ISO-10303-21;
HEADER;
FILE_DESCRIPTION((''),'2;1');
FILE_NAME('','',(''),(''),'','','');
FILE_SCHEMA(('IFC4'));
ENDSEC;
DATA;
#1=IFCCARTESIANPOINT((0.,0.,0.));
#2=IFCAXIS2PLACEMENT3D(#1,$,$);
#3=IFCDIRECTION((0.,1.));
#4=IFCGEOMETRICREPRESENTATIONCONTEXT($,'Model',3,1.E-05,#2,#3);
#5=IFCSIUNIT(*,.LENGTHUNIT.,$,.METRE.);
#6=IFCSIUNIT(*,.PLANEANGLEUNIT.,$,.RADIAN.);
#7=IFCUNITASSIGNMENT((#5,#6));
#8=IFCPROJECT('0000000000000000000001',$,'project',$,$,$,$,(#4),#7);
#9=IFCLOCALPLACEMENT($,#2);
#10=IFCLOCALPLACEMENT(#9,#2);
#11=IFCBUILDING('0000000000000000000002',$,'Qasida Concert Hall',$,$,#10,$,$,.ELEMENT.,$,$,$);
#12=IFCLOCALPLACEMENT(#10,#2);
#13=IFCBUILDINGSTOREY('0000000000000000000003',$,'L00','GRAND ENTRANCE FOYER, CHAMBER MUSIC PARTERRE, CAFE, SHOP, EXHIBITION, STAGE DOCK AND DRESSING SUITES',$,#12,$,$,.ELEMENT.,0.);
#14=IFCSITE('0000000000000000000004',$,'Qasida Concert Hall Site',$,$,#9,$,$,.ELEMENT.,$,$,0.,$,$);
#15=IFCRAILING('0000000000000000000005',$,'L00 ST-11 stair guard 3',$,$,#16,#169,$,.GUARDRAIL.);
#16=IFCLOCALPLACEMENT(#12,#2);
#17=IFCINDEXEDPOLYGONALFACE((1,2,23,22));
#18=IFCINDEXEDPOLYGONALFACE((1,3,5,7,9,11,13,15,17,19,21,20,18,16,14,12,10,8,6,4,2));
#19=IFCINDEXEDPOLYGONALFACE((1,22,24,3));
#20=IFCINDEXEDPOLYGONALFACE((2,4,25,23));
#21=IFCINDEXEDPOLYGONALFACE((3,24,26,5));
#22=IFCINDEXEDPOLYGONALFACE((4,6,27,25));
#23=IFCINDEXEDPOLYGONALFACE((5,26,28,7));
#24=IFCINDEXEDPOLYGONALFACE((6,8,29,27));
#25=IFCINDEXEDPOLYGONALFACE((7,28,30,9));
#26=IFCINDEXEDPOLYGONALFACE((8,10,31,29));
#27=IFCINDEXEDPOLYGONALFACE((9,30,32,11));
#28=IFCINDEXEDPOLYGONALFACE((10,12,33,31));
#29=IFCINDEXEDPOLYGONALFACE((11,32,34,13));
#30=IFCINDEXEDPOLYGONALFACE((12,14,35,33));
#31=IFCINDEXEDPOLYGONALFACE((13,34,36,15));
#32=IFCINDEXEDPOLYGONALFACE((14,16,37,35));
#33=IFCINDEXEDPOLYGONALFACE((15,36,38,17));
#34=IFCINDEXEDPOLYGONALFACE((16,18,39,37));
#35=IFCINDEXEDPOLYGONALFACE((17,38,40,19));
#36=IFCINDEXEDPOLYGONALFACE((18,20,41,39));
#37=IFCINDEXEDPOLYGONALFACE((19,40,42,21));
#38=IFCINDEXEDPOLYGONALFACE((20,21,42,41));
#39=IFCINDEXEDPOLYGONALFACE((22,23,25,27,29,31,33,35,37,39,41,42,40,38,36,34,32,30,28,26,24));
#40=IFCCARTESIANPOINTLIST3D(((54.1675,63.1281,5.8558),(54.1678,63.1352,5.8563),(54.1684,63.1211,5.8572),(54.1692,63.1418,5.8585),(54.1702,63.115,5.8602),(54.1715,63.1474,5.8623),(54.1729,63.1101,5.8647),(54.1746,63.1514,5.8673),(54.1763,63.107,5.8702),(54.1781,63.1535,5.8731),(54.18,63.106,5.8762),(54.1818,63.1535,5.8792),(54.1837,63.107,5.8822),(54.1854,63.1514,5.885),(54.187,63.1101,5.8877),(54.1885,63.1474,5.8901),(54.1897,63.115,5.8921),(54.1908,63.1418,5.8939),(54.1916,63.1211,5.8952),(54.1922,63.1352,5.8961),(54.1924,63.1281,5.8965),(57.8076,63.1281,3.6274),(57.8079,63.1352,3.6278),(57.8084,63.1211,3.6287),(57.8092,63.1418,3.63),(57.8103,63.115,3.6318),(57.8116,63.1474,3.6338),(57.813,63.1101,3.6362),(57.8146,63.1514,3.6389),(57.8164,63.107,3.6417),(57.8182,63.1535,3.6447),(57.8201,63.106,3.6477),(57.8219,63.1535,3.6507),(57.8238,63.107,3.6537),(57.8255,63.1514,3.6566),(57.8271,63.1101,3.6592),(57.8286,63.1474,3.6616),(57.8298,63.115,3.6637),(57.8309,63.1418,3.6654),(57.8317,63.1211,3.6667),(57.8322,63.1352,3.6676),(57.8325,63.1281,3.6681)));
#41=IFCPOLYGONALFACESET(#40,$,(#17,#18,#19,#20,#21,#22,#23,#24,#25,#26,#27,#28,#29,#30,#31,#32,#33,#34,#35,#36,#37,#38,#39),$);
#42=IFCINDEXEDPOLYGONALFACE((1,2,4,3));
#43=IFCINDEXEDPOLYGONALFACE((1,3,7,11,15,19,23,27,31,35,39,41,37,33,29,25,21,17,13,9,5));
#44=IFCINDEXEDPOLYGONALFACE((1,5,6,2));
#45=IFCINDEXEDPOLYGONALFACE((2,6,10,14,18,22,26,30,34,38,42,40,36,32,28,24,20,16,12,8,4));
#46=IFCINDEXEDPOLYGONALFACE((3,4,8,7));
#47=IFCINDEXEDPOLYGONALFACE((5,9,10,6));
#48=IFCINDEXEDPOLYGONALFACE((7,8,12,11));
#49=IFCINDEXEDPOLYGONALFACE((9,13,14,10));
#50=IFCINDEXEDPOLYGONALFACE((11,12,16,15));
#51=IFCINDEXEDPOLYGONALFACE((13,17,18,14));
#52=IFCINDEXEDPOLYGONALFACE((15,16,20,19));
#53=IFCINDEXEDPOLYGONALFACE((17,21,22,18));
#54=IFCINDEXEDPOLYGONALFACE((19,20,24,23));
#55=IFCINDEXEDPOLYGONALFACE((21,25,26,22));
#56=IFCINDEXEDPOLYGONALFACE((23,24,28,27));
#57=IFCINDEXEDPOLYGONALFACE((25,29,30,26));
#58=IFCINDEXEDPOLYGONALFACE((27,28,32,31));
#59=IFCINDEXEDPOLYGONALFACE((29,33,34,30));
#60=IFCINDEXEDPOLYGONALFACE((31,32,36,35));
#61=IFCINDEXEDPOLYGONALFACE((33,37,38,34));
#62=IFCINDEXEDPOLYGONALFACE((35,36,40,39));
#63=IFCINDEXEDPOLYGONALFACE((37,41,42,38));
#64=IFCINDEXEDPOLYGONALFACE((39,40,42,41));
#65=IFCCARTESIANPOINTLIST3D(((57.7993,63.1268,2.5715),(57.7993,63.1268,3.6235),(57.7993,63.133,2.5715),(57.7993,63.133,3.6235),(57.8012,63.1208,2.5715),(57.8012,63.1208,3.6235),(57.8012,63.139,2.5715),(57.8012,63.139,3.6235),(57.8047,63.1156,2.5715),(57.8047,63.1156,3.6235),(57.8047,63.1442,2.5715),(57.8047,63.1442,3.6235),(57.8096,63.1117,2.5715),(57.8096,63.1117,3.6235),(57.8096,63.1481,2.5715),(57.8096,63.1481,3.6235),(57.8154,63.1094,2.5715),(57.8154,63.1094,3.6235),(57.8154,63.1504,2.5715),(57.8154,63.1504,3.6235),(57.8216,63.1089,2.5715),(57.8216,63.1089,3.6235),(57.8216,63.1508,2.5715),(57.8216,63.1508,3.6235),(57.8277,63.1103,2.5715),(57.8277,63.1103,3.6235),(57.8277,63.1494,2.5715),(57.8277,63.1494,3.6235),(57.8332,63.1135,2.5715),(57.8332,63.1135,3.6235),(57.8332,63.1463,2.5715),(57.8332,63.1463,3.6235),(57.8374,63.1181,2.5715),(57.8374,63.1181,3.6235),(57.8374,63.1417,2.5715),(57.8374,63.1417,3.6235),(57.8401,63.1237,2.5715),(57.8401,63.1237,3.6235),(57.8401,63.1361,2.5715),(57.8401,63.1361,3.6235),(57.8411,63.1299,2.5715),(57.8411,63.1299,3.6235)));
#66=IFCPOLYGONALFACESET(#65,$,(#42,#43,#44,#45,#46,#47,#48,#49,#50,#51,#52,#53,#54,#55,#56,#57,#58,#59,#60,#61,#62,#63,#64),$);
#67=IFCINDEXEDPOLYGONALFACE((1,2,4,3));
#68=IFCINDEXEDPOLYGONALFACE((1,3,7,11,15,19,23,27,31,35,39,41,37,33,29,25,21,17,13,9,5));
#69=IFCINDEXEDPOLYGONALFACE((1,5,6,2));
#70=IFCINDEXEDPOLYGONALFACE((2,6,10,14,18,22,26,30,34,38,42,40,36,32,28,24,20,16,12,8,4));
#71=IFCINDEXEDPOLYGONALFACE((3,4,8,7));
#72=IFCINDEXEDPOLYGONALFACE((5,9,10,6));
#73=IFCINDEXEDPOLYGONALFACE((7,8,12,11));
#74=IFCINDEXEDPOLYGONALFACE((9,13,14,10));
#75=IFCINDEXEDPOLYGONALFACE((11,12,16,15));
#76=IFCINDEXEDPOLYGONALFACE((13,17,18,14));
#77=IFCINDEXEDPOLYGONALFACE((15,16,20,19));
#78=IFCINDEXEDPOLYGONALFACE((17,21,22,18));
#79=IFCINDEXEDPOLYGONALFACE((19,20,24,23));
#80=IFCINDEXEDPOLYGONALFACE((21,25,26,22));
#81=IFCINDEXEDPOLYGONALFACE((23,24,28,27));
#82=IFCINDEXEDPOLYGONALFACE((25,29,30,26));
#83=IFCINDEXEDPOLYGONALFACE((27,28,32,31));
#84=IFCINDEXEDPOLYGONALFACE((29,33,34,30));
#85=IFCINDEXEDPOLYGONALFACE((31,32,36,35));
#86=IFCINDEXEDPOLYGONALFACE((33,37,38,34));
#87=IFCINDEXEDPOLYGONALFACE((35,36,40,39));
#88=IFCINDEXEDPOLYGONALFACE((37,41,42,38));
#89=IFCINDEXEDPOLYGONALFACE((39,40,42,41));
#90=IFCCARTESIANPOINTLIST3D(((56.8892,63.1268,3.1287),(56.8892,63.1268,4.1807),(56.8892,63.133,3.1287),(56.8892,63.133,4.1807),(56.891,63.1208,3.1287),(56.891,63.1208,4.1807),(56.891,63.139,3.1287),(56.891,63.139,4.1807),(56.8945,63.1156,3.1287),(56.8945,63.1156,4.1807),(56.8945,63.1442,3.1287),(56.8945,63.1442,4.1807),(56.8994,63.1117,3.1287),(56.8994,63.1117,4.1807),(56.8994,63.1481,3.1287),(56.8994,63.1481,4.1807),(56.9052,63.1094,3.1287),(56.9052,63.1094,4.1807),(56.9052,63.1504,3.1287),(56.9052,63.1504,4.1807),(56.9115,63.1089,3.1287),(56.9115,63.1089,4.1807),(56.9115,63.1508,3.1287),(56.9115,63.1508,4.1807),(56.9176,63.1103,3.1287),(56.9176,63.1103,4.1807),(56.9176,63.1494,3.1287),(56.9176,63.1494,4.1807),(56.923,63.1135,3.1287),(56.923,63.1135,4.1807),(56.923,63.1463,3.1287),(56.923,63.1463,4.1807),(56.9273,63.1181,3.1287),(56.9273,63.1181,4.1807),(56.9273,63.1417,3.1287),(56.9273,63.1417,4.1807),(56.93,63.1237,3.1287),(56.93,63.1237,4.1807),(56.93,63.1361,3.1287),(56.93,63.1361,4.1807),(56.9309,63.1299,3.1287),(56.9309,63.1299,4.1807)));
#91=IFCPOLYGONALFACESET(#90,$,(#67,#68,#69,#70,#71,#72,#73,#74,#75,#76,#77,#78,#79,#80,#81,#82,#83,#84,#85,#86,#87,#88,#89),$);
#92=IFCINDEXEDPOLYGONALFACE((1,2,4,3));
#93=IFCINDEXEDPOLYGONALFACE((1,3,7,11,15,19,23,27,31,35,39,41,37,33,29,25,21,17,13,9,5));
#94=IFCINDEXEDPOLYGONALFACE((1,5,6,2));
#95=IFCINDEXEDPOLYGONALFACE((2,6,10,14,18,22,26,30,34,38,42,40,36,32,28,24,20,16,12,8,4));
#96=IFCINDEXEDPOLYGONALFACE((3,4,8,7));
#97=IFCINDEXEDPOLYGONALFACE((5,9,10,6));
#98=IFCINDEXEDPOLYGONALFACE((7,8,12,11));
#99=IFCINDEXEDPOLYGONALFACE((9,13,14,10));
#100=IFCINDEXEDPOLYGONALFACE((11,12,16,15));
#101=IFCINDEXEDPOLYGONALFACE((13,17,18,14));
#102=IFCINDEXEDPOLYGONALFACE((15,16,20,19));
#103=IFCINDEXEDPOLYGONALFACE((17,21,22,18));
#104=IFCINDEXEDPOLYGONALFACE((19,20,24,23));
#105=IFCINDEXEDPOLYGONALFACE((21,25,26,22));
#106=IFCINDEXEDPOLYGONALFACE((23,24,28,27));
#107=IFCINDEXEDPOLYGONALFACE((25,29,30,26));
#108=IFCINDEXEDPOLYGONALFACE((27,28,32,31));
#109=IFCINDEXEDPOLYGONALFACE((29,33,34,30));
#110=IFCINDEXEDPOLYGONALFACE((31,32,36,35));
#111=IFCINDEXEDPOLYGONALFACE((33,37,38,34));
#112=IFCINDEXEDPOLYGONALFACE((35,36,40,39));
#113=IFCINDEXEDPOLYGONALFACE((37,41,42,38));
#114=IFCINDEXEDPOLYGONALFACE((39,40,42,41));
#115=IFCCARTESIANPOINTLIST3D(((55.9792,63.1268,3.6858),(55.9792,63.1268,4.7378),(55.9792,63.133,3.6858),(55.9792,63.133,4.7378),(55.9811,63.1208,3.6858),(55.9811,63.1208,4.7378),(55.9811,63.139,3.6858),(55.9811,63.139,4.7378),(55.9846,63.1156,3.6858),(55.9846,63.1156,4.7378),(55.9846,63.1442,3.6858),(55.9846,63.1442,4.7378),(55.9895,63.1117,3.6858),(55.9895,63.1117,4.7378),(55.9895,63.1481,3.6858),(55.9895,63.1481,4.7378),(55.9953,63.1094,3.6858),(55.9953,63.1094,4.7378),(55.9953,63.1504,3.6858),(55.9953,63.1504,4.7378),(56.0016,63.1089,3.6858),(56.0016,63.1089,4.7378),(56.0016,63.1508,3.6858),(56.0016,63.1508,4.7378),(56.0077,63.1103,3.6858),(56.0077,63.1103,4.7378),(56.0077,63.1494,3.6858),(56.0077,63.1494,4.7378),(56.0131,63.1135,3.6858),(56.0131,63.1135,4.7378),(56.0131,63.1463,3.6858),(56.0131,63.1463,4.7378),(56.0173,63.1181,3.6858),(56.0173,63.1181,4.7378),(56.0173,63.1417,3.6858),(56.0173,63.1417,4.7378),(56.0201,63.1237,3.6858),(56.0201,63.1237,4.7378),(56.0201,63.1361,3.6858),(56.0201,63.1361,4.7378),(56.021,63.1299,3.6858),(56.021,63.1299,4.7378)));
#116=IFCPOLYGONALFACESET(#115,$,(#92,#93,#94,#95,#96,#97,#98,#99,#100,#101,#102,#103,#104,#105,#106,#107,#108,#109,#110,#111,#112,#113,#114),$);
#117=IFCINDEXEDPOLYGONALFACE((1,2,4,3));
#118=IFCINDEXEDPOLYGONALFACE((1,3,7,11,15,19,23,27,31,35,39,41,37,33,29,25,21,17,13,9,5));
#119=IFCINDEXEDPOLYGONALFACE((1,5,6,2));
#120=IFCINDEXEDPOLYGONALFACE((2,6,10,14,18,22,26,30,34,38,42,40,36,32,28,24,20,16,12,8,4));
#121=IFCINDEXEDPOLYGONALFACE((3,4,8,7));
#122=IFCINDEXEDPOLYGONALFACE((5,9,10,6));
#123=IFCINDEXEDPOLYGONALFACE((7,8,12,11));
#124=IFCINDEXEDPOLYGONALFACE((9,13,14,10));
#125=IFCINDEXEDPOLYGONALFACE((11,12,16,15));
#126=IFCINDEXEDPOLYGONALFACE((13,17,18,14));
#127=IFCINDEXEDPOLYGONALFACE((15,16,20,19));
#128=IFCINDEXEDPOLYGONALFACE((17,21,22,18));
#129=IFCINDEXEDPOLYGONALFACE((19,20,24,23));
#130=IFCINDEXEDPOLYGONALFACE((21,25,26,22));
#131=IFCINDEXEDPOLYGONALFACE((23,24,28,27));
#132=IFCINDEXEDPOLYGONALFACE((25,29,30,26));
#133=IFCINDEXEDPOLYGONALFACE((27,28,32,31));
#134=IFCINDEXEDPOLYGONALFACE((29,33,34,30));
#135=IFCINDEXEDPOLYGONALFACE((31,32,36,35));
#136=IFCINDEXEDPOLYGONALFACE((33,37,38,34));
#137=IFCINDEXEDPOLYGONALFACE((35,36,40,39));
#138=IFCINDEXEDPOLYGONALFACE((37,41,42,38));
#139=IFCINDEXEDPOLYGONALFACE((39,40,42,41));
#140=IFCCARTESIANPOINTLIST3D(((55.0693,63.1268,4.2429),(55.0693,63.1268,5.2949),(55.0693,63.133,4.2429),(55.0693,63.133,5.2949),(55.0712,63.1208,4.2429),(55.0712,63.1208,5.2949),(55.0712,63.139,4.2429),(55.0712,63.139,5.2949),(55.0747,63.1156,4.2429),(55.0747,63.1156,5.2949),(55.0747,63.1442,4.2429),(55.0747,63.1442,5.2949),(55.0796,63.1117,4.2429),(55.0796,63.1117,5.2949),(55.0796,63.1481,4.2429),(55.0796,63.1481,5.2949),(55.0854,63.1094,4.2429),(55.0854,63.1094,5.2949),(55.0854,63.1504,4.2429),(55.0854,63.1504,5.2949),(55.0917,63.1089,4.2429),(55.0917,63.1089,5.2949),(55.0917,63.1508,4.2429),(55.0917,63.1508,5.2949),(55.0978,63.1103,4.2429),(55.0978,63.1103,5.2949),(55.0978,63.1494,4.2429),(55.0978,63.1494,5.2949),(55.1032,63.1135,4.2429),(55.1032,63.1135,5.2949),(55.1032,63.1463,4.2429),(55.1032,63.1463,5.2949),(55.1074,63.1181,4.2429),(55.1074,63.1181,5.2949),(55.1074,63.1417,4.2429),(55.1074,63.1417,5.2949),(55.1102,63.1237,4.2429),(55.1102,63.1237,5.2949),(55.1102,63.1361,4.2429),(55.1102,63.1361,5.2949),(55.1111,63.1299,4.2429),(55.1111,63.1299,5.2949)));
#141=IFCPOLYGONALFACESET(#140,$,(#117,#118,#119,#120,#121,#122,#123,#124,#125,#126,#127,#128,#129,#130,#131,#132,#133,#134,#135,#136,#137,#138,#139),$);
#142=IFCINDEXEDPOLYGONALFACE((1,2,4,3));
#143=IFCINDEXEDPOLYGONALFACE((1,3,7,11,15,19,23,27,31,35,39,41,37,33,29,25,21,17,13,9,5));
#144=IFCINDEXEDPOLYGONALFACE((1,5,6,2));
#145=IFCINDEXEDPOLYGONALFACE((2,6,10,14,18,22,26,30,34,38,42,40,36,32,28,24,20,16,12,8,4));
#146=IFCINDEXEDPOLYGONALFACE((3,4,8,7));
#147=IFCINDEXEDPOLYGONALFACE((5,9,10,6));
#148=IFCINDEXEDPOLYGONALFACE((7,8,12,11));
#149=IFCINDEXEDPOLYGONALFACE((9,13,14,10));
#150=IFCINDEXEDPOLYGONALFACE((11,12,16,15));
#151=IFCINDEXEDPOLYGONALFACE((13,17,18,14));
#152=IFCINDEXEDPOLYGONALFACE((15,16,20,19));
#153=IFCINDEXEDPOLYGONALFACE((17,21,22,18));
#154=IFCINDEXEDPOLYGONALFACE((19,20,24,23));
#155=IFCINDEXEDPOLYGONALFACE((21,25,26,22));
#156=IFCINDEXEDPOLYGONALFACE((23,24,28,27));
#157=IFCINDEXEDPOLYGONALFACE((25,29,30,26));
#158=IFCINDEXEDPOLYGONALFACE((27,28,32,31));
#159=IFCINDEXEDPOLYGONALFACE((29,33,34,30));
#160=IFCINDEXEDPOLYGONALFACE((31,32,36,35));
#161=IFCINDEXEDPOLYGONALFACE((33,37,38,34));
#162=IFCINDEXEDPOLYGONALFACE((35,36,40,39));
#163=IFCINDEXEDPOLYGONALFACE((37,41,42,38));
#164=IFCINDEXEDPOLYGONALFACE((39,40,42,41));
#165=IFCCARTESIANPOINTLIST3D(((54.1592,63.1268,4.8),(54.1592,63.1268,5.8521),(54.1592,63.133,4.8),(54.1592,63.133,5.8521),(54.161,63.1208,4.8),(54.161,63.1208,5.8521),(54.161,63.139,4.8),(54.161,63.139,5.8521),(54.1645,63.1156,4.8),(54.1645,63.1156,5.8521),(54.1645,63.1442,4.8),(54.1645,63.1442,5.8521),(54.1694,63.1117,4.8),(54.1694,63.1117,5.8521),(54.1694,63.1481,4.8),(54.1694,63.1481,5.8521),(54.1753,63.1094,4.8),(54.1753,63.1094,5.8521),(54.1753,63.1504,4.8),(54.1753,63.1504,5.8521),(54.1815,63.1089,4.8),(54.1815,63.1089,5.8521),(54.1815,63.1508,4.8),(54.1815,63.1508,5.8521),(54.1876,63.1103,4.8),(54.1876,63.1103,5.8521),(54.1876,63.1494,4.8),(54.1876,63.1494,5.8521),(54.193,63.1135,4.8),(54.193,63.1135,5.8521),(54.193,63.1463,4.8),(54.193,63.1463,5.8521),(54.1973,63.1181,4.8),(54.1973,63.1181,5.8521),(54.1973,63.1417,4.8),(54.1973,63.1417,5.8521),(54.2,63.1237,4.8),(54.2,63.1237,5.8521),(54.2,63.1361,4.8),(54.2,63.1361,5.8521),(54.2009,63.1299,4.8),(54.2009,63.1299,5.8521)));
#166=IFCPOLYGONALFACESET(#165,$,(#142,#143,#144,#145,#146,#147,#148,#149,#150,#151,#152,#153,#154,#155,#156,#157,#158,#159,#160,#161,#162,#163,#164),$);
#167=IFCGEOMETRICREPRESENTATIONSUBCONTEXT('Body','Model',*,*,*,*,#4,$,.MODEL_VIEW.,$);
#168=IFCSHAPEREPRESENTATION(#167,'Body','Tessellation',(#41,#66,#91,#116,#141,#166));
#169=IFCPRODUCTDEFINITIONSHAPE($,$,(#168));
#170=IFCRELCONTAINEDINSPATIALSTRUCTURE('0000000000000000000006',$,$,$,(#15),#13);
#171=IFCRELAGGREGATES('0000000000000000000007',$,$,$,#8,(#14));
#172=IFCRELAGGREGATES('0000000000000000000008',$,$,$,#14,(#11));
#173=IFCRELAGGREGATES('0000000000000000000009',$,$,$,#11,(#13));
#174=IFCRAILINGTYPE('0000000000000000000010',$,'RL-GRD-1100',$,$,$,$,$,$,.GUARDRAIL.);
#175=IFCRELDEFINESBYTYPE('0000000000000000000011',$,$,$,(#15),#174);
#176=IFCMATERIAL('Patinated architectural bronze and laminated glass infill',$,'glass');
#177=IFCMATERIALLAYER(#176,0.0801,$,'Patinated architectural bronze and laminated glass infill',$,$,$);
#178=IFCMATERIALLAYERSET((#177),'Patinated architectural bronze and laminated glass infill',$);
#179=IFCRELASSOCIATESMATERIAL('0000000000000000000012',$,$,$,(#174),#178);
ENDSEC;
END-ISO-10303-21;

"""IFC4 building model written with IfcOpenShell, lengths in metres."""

from ifc_helpers import new_model, si_unit, direction, frame, origin, origin_2d, place, context, subcontext, project, spatial, circle, extrude, material, layer, layer_set, type_object, element, save


model = new_model("IFC4")

# Units and contexts
model_context = context("Model", 3, precision=1e-05, world=origin(), true_north=direction((0.0, 1.0)))
body_context = subcontext(model_context, "Body", "Model", "MODEL_VIEW")
ifc_project = project(units=[si_unit("LENGTHUNIT", "METRE"), si_unit("PLANEANGLEUNIT", "RADIAN")], contexts=[model_context])

# Site, building, storey
site_placement = place(None, origin())
site = spatial("IfcSite", under=ifc_project, at=site_placement, Name="Qasida Concert Hall Site", CompositionType="ELEMENT", RefElevation=0.0)
building_placement = place(site_placement, origin())
building = spatial("IfcBuilding", under=site, at=building_placement, Name="Qasida Concert Hall", CompositionType="ELEMENT")
storey_placement = place(building_placement, origin())
storey = spatial("IfcBuildingStorey", under=building, at=storey_placement, Name="L00", Description="GRAND ENTRANCE FOYER, CHAMBER MUSIC PARTERRE, CAFE, SHOP, EXHIBITION, STAGE DOCK AND DRESSING SUITES", CompositionType="ELEMENT", Elevation=0.0)

# Railing
ifc_material_1 = material(Name="Patinated architectural bronze and laminated glass infill", Category="glass")
ifc_layer_1 = layer(ifc_material_1, 0.0801, Name="Patinated architectural bronze and laminated glass infill")
ifc_layer_set_1 = layer_set([ifc_layer_1], Name="Patinated architectural bronze and laminated glass infill")
railing_type_1 = type_object("IfcRailingType", Name="RL-GRD-1100", PredefinedType="GUARDRAIL", material=ifc_layer_set_1)
railing_1_placement = place(storey_placement, frame((57.8201, 63.1299, 2.5715)))
element("IfcRailing", 1, at=railing_1_placement, inside=storey, type_object=railing_type_1, Name="L00 ST-11 stair guard 3", PredefinedType="GUARDRAIL", context=body_context, shape_type="SweptSolid", body=[
    extrude(circle(Radius=0.0239, at=origin_2d()), frame((0.0, 0.0, 1.0762), z_axis=(-0.852866, 0.0, 0.52213), x_axis=(0.0, -1.0, 0.0)), (0.0, 0.0, 1.0), 4.2681),
    extrude(circle(Radius=0.021, at=origin_2d()), origin(), (0.0, 0.0, 1.0), 1.052),
    extrude(circle(Radius=0.021, at=origin_2d()), frame((-0.9102, 0.0, 0.5571)), (0.0, 0.0, 1.0), 1.052),
    extrude(circle(Radius=0.021, at=origin_2d()), frame((-1.8201, 0.0, 1.1143)), (0.0, 0.0, 1.0), 1.052),
    extrude(circle(Radius=0.021, at=origin_2d()), frame((-2.73, 0.0, 1.6714)), (0.0, 0.0, 1.0), 1.052),
    extrude(circle(Radius=0.021, at=origin_2d()), frame((-3.6401, 0.0, 2.2285)), (0.0, 0.0, 1.0), 1.052),
])

save(model, "model.ifc")
